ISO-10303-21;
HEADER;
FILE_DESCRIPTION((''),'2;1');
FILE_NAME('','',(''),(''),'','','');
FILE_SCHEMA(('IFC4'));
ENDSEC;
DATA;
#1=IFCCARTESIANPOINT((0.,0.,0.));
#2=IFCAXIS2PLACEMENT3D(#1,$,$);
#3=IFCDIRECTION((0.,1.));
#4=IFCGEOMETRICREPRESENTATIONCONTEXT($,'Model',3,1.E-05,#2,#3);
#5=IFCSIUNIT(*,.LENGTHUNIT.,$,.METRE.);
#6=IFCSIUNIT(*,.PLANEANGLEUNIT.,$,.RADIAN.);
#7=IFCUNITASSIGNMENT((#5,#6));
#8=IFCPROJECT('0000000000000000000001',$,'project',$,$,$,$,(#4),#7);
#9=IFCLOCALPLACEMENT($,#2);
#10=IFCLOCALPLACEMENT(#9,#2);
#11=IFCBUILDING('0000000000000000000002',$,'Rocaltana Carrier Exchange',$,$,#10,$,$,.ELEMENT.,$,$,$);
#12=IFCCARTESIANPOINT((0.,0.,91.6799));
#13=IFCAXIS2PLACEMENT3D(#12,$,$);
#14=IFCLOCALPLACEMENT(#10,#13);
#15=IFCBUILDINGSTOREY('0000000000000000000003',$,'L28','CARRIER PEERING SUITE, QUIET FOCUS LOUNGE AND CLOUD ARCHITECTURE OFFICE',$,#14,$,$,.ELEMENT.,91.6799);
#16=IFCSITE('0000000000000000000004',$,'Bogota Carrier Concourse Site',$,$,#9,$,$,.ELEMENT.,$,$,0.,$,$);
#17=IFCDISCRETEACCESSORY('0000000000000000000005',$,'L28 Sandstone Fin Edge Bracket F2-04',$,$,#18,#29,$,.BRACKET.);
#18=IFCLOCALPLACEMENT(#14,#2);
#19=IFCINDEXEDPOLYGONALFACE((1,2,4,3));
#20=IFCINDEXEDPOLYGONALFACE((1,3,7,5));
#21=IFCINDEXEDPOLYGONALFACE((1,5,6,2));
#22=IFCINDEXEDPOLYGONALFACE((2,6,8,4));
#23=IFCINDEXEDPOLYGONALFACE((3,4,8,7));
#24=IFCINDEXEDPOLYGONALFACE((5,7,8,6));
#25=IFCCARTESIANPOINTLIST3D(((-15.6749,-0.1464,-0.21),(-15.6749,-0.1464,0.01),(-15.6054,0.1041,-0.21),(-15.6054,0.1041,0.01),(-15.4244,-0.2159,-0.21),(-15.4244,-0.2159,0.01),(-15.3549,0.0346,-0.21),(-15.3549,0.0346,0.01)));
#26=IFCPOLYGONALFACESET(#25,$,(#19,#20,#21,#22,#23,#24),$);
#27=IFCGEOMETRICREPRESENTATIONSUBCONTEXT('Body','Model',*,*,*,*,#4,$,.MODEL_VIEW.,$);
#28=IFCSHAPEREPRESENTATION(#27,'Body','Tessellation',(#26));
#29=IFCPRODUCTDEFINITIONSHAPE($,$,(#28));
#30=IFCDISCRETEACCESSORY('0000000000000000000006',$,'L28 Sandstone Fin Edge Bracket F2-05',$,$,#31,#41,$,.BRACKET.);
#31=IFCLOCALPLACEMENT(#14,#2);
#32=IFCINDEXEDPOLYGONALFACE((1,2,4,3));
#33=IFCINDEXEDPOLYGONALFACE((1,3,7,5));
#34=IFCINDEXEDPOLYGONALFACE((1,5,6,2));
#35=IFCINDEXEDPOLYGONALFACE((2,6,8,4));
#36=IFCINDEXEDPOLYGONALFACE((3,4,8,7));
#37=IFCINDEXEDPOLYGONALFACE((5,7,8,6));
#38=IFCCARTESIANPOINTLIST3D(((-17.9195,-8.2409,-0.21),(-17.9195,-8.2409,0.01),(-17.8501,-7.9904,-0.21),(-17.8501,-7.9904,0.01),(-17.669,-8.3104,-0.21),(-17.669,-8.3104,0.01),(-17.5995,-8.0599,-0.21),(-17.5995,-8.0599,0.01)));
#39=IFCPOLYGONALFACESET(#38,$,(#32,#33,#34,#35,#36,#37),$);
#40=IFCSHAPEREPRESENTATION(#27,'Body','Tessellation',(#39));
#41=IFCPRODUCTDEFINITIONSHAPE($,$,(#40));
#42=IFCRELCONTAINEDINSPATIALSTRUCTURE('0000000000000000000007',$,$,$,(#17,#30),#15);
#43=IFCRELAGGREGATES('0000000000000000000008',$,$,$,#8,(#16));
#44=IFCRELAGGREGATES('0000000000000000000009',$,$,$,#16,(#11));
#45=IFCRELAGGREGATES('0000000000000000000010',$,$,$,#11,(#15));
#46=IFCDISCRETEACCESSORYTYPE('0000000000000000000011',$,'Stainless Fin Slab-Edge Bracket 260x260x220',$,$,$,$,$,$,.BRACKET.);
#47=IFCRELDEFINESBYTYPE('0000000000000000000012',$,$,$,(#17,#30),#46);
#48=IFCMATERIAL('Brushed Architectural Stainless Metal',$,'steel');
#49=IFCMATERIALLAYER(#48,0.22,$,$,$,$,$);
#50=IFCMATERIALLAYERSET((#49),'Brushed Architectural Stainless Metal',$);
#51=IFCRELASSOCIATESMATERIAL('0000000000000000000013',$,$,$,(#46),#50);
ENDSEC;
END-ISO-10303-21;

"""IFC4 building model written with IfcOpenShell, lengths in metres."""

from ifc_helpers import new_model, si_unit, direction, frame, origin, origin_2d, place, context, subcontext, project, spatial, rectangle, extrude, material, layer, layer_set, type_object, element, save


model = new_model("IFC4")

# Units and contexts
model_context = context("Model", 3, precision=1e-05, world=origin(), true_north=direction((0.0, 1.0)))
body_context = subcontext(model_context, "Body", "Model", "MODEL_VIEW")
ifc_project = project(units=[si_unit("LENGTHUNIT", "METRE"), si_unit("PLANEANGLEUNIT", "RADIAN")], contexts=[model_context])

# Site, building, storey
site_placement = place(None, origin())
site = spatial("IfcSite", under=ifc_project, at=site_placement, Name="Bogota Carrier Concourse Site", CompositionType="ELEMENT", RefElevation=0.0)
building_placement = place(site_placement, origin())
building = spatial("IfcBuilding", under=site, at=building_placement, Name="Rocaltana Carrier Exchange", CompositionType="ELEMENT")
storey_placement = place(building_placement, frame((0.0, 0.0, 91.6799)))
storey = spatial("IfcBuildingStorey", under=building, at=storey_placement, Name="L28", Description="CARRIER PEERING SUITE, QUIET FOCUS LOUNGE AND CLOUD ARCHITECTURE OFFICE", CompositionType="ELEMENT", Elevation=91.6799)

# Discrete accessories
ifc_material_1 = material(Name="Brushed Architectural Stainless Metal", Category="steel")
ifc_layer_1 = layer(ifc_material_1, 0.22)
ifc_layer_set_1 = layer_set([ifc_layer_1], Name="Brushed Architectural Stainless Metal")
discrete_accessory_type = type_object("IfcDiscreteAccessoryType", Name="Stainless Fin Slab-Edge Bracket 260x260x220", PredefinedType="BRACKET", material=ifc_layer_set_1)
for number, where, z_axis, x_axis, name in (
    (1, (-15.5149, -0.0559, -0.21), (0.0, 0.0, 1.0), (-0.267238, -0.96363, 0.0), "L28 Sandstone Fin Edge Bracket F2-04"),
    (2, (-17.7595, -8.1504, -0.21), (0.0, 0.0, 1.0), (-0.267238, -0.96363, 0.0), "L28 Sandstone Fin Edge Bracket F2-05"),
):
    element("IfcDiscreteAccessory", number, at=place(storey_placement, frame(where, z_axis=z_axis, x_axis=x_axis)), inside=storey, type_object=discrete_accessory_type, Name=name, PredefinedType="BRACKET", context=body_context, shape_type="SweptSolid", body=[
        extrude(rectangle(XDim=0.26, YDim=0.26, at=origin_2d()), origin(), (0.0, 0.0, 1.0), 0.22),
    ])

save(model, "model.ifc")
